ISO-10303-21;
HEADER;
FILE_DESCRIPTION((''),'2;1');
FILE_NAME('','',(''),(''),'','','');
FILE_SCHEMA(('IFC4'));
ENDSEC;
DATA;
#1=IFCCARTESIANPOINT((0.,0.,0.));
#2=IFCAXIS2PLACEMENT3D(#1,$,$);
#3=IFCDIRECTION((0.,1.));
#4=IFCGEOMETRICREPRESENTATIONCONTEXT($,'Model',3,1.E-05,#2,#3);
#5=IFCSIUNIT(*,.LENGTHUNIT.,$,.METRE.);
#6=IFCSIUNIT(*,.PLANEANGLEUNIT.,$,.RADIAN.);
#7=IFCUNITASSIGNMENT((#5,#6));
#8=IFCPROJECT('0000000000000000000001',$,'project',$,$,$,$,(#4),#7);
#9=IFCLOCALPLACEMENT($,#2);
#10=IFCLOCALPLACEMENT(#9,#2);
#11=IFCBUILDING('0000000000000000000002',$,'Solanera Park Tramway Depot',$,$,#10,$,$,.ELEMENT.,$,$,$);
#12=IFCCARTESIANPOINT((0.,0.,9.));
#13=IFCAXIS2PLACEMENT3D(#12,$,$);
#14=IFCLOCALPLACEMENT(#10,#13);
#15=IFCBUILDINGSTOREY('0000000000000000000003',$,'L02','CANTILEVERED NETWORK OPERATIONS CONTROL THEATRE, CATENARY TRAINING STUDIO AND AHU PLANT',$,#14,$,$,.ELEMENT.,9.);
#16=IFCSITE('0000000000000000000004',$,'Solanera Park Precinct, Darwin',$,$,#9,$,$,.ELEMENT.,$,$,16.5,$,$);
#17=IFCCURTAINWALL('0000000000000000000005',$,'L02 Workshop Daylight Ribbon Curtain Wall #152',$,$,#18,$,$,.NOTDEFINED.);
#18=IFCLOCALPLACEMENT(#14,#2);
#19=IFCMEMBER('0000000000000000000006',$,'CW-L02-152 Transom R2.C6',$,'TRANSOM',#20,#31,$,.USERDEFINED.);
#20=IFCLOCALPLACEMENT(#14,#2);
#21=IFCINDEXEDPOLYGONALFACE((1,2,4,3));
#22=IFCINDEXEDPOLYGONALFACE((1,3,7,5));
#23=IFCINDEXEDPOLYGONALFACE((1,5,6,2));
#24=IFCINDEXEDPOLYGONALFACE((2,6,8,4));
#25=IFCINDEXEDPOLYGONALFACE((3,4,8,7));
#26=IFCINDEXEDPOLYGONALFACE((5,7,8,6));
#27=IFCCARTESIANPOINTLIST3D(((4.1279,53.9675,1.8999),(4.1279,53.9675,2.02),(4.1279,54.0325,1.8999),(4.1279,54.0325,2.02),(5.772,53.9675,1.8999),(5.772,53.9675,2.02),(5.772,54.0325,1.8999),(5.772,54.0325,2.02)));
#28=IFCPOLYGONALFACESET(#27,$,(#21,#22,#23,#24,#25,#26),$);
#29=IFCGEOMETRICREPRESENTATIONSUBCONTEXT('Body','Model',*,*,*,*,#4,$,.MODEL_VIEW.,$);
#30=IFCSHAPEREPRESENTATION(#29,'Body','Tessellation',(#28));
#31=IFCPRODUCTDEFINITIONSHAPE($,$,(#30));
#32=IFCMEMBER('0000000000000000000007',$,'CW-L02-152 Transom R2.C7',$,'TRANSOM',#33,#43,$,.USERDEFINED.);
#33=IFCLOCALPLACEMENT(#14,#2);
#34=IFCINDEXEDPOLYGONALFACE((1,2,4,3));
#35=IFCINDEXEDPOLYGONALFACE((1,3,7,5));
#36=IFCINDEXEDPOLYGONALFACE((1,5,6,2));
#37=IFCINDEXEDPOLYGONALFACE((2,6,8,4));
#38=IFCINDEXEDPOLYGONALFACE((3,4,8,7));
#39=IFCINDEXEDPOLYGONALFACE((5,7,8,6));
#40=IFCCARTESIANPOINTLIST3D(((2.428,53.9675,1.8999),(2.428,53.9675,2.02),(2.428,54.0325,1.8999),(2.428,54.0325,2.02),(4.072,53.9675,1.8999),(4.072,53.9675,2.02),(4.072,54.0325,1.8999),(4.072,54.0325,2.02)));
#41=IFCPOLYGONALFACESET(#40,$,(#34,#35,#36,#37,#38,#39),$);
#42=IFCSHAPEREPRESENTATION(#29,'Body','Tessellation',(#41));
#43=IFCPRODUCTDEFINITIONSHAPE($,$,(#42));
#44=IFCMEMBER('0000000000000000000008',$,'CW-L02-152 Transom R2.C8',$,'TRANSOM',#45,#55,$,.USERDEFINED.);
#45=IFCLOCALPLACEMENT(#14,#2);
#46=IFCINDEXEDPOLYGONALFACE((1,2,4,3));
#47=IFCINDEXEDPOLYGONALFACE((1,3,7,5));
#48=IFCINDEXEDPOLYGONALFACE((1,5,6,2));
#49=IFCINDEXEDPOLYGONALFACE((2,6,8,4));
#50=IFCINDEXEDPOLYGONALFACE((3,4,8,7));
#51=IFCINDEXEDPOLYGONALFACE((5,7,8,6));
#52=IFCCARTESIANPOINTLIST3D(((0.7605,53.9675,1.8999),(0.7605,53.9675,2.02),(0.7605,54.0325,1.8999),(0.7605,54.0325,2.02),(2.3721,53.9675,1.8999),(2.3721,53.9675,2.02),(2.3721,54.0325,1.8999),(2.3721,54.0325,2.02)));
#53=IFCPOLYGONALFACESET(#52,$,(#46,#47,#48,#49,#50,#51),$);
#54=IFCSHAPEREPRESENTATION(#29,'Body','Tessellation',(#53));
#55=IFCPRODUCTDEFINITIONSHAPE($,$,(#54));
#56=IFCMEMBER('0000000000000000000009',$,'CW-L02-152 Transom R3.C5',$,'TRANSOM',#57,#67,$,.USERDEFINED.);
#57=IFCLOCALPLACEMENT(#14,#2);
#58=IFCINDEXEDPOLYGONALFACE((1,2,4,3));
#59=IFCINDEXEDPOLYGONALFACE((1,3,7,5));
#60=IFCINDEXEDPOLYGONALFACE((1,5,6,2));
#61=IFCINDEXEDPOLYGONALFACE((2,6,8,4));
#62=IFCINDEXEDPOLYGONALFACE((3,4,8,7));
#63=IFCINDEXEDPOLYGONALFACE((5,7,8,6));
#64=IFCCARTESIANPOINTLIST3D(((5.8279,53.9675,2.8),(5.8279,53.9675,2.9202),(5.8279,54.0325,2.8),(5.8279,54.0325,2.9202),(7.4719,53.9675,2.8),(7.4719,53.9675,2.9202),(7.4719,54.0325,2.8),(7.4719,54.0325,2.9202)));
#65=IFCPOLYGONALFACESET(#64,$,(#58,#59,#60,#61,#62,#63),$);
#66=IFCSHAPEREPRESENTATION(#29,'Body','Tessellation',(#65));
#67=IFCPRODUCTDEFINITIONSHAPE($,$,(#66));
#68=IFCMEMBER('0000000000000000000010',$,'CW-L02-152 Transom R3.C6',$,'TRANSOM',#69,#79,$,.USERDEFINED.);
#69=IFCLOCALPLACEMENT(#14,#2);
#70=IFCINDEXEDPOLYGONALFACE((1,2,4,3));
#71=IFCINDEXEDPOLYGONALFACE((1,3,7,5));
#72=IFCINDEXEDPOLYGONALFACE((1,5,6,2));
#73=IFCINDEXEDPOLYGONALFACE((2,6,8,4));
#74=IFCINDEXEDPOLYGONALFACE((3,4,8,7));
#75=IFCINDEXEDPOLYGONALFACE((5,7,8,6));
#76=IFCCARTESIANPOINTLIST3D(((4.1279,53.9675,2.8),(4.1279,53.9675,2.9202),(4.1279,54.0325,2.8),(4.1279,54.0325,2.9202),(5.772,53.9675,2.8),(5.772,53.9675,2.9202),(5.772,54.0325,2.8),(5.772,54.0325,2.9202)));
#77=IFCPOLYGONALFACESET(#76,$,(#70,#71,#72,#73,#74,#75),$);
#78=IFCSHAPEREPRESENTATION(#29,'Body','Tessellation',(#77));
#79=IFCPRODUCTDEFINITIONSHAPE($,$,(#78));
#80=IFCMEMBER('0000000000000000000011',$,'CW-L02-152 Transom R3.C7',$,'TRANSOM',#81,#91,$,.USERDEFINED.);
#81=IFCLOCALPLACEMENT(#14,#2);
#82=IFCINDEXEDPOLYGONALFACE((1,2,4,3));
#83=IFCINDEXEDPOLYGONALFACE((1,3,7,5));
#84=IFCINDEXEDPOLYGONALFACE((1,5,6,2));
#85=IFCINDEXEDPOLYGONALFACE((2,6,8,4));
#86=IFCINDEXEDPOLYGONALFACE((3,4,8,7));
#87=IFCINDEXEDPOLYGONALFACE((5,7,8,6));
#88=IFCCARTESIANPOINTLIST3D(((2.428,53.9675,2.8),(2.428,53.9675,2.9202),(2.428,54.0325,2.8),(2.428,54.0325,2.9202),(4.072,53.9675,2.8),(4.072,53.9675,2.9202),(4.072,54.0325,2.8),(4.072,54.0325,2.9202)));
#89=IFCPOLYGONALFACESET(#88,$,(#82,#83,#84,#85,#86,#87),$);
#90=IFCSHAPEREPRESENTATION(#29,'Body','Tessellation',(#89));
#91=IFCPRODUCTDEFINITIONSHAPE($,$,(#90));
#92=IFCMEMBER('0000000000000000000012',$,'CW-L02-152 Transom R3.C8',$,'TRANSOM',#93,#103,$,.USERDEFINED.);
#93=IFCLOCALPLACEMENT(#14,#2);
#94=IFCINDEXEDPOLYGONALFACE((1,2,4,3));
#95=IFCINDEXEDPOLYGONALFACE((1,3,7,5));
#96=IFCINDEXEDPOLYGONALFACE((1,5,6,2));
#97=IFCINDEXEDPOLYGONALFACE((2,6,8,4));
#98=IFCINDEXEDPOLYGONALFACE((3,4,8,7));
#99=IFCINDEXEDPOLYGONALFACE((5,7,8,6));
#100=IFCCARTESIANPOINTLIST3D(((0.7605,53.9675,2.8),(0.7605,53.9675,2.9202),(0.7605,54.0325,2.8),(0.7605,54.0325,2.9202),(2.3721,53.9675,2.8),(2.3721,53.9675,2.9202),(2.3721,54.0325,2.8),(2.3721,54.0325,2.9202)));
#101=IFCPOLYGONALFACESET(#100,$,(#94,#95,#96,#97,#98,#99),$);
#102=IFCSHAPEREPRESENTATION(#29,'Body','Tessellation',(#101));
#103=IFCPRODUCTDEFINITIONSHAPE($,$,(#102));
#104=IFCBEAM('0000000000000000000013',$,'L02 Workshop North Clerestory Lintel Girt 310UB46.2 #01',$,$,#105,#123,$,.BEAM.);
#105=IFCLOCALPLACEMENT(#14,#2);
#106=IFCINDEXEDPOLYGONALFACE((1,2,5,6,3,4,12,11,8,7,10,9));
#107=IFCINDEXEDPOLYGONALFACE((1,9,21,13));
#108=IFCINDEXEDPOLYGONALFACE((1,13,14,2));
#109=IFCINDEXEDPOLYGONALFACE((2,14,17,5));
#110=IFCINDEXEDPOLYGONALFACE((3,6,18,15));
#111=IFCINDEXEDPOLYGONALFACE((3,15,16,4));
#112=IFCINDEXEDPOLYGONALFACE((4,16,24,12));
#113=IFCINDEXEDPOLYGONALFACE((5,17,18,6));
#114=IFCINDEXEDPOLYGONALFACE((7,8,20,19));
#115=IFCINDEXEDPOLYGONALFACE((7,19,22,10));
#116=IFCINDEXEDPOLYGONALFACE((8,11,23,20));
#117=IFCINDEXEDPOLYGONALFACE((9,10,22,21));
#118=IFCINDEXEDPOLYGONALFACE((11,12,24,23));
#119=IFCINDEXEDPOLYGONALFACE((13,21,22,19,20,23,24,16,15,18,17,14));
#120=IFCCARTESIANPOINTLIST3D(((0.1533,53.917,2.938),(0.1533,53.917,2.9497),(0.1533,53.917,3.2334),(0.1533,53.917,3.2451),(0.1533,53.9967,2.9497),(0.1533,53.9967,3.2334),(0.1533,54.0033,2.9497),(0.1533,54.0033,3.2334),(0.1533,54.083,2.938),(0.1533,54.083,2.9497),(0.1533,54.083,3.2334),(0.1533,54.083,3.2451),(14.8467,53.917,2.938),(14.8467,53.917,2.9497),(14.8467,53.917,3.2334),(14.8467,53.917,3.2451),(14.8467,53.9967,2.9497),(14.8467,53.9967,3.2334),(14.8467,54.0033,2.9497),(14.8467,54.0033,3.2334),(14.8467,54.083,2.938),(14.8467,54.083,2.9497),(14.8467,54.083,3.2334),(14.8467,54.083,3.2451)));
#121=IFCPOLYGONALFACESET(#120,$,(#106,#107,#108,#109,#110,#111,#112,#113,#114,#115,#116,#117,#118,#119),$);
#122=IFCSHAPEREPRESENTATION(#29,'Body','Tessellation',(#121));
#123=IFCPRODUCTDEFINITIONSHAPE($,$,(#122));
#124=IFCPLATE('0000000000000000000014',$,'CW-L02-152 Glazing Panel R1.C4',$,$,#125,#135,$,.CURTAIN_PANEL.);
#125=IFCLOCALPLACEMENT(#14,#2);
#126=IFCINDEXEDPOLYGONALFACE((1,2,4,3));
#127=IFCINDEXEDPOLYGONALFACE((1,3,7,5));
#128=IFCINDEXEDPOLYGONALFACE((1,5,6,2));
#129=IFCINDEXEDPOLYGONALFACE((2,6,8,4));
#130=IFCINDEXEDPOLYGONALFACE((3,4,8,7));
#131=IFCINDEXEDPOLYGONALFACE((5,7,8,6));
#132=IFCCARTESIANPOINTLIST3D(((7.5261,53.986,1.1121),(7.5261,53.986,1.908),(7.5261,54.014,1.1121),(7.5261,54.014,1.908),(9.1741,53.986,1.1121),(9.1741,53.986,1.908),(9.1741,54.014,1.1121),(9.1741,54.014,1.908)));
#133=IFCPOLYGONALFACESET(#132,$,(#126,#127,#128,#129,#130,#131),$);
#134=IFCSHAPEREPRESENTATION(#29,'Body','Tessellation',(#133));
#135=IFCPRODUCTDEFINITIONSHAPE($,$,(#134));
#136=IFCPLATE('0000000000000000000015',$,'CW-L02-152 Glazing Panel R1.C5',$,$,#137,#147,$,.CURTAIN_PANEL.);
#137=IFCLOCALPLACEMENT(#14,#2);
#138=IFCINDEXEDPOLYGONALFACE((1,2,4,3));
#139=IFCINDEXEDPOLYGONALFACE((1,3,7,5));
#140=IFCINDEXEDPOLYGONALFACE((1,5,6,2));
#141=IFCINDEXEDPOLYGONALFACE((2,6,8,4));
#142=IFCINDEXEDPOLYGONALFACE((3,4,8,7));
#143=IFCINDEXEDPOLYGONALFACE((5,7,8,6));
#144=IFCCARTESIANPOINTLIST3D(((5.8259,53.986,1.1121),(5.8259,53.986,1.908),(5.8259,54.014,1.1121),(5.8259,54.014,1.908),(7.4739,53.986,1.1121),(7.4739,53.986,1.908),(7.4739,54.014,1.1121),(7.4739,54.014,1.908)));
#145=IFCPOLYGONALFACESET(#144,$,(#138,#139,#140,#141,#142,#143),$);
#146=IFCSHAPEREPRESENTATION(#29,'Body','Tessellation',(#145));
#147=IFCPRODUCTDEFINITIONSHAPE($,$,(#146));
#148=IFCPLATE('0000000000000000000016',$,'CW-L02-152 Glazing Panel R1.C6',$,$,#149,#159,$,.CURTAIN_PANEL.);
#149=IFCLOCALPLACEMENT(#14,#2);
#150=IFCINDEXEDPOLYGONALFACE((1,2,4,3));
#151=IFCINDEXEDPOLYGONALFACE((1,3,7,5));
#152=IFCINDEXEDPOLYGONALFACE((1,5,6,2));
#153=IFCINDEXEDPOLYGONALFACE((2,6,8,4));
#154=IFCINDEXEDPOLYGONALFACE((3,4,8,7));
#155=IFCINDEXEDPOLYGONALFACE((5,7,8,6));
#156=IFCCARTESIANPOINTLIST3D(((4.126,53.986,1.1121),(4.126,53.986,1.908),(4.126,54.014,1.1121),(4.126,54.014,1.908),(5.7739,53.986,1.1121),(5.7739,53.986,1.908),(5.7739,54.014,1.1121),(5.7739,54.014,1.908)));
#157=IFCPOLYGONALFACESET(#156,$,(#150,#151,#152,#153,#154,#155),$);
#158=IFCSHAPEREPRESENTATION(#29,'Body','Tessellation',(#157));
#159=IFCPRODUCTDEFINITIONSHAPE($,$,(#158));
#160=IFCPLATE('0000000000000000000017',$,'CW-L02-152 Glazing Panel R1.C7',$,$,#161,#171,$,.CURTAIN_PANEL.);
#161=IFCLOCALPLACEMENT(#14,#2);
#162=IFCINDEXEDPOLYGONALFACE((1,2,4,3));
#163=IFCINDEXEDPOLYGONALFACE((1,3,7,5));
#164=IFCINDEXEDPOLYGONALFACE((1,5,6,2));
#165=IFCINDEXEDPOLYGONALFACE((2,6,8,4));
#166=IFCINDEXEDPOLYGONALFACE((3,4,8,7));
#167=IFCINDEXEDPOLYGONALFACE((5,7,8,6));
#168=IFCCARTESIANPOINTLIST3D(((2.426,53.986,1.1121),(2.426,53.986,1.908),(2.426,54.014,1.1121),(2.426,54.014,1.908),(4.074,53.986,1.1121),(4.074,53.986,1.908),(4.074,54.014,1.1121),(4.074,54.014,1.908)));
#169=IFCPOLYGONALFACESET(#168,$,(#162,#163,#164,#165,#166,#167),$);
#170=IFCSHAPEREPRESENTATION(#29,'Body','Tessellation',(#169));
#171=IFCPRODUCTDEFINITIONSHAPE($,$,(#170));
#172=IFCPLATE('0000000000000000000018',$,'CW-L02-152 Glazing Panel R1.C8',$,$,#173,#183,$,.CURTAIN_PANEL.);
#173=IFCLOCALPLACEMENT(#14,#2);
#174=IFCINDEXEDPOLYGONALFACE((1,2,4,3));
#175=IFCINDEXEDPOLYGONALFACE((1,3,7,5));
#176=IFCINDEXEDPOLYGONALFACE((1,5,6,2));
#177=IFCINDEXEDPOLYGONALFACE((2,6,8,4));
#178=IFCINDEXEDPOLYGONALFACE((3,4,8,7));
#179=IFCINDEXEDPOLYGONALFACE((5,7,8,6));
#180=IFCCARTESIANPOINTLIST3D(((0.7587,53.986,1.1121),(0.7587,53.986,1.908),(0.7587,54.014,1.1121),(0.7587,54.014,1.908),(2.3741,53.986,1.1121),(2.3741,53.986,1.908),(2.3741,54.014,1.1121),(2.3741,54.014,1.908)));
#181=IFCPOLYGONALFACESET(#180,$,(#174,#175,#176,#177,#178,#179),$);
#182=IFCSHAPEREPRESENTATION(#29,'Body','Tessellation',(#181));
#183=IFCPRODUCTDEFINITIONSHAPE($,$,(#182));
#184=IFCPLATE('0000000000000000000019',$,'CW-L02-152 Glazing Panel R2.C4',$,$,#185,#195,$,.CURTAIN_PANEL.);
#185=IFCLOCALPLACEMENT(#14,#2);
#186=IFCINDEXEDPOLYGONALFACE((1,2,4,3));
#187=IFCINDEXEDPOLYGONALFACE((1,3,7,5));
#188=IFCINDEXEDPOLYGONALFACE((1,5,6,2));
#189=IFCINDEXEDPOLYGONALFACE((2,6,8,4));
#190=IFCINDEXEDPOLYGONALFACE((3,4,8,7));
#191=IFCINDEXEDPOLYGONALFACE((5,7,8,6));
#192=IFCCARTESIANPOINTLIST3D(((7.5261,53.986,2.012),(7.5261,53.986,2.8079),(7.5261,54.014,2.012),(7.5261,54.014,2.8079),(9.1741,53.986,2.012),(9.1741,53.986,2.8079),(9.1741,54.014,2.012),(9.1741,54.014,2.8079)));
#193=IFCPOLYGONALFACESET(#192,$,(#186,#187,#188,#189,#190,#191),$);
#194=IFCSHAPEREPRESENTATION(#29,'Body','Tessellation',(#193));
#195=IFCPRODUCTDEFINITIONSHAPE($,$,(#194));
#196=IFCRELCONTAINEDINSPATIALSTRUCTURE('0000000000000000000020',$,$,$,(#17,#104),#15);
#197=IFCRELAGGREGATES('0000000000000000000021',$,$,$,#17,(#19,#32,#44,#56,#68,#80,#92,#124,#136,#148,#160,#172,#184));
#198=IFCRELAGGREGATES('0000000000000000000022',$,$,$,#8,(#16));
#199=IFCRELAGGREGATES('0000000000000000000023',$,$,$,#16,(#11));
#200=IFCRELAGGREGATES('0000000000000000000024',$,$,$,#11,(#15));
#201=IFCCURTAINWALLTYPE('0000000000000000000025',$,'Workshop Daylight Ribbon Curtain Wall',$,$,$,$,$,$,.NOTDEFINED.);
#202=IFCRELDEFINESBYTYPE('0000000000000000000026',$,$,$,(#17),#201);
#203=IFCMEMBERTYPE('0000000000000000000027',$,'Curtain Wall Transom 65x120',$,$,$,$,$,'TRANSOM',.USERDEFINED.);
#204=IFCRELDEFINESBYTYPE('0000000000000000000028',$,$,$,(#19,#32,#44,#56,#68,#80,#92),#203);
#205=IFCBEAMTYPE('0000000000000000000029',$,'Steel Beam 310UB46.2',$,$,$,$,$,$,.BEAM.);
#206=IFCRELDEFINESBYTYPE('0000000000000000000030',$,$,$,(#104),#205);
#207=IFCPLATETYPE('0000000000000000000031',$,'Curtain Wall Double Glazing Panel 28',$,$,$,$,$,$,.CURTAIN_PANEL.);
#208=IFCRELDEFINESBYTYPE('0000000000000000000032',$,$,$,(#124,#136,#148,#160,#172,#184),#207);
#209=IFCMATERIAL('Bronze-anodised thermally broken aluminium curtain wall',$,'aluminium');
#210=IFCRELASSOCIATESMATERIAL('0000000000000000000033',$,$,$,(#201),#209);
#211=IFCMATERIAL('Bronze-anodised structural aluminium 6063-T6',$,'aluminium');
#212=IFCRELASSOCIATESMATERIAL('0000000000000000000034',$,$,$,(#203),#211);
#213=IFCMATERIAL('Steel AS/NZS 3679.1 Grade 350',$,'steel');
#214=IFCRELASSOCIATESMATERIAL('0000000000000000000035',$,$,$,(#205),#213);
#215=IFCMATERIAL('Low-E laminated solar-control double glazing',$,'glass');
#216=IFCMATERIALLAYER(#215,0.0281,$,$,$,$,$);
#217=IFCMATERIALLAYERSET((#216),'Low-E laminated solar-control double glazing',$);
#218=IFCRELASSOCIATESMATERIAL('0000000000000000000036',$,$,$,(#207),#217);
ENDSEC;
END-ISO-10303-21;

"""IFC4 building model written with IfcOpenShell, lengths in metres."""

from ifc_helpers import new_model, si_unit, direction, frame, origin, origin_2d, place, context, subcontext, project, spatial, rectangle, i_section, extrude, material, layer, layer_set, material_profile, profile_set, type_object, element, aggregate, save


model = new_model("IFC4")

# Units and contexts
model_context = context("Model", 3, precision=1e-05, world=origin(), true_north=direction((0.0, 1.0)))
body_context = subcontext(model_context, "Body", "Model", "MODEL_VIEW")
ifc_project = project(units=[si_unit("LENGTHUNIT", "METRE"), si_unit("PLANEANGLEUNIT", "RADIAN")], contexts=[model_context])

# Site, building, storey
site_placement = place(None, origin())
site = spatial("IfcSite", under=ifc_project, at=site_placement, Name="Solanera Park Precinct, Darwin", CompositionType="ELEMENT", RefElevation=16.5)
building_placement = place(site_placement, origin())
building = spatial("IfcBuilding", under=site, at=building_placement, Name="Solanera Park Tramway Depot", CompositionType="ELEMENT")
storey_placement = place(building_placement, frame((0.0, 0.0, 9.0)))
storey = spatial("IfcBuildingStorey", under=building, at=storey_placement, Name="L02", Description="CANTILEVERED NETWORK OPERATIONS CONTROL THEATRE, CATENARY TRAINING STUDIO AND AHU PLANT", CompositionType="ELEMENT", Elevation=9.0)

# Curtain wall, members
ifc_material_1 = material(Name="Bronze-anodised thermally broken aluminium curtain wall", Category="aluminium")
curtain_wall_type = type_object("IfcCurtainWallType", Name="Workshop Daylight Ribbon Curtain Wall", PredefinedType="NOTDEFINED", material=ifc_material_1)
curtain_wall_placement = place(storey_placement, origin())
curtain_wall = element("IfcCurtainWall", 1, at=curtain_wall_placement, inside=storey, type_object=curtain_wall_type, Name="L02 Workshop Daylight Ribbon Curtain Wall #152", PredefinedType="NOTDEFINED")
ifc_material_2 = material(Name="Bronze-anodised structural aluminium 6063-T6", Category="aluminium")
ifc_material_profile_1 = material_profile(ifc_material_2, rectangle(XDim=0.0649, YDim=0.1201, at=origin_2d()), Name="Curtain Wall Transom 65x120")
ifc_profile_set_1 = profile_set([ifc_material_profile_1], Name="Bronze-anodised structural aluminium 6063-T6")
member_type_1 = type_object("IfcMemberType", Name="Curtain Wall Transom 65x120", ElementType="TRANSOM", PredefinedType="USERDEFINED", material=ifc_profile_set_1)
member_1_placement = place(storey_placement, frame((5.772, 54.0, 1.96), z_axis=(-1.0, 0.0, 0.0), x_axis=(0.0, -1.0, 0.0)))
member_1 = element("IfcMember", 2, at=member_1_placement, type_object=member_type_1, Name="CW-L02-152 Transom R2.C6", ObjectType="TRANSOM", PredefinedType="USERDEFINED", context=body_context, shape_type="SweptSolid", body=[
    extrude(rectangle(XDim=0.0649, YDim=0.1201, at=origin_2d()), origin(), (0.0, 0.0, 1.0), 1.644),
])
member_2_placement = place(storey_placement, frame((4.072, 54.0, 1.96), z_axis=(-1.0, 0.0, 0.0), x_axis=(0.0, -1.0, 0.0)))
member_2 = element("IfcMember", 3, at=member_2_placement, type_object=member_type_1, Name="CW-L02-152 Transom R2.C7", ObjectType="TRANSOM", PredefinedType="USERDEFINED", context=body_context, shape_type="SweptSolid", body=[
    extrude(rectangle(XDim=0.0649, YDim=0.1201, at=origin_2d()), origin(), (0.0, 0.0, 1.0), 1.644),
])
member_3_placement = place(storey_placement, frame((2.3721, 54.0, 1.96), z_axis=(-1.0, 0.0, 0.0), x_axis=(0.0, -1.0, 0.0)))
member_3 = element("IfcMember", 4, at=member_3_placement, type_object=member_type_1, Name="CW-L02-152 Transom R2.C8", ObjectType="TRANSOM", PredefinedType="USERDEFINED", context=body_context, shape_type="SweptSolid", body=[
    extrude(rectangle(XDim=0.0649, YDim=0.1201, at=origin_2d()), origin(), (0.0, 0.0, 1.0), 1.6116),
])
member_4_placement = place(storey_placement, frame((7.4719, 54.0, 2.8601), z_axis=(-1.0, 0.0, 0.0), x_axis=(0.0, -1.0, 0.0)))
member_4 = element("IfcMember", 5, at=member_4_placement, type_object=member_type_1, Name="CW-L02-152 Transom R3.C5", ObjectType="TRANSOM", PredefinedType="USERDEFINED", context=body_context, shape_type="SweptSolid", body=[
    extrude(rectangle(XDim=0.0649, YDim=0.1201, at=origin_2d()), origin(), (0.0, 0.0, 1.0), 1.644),
])
member_5_placement = place(storey_placement, frame((5.772, 54.0, 2.8601), z_axis=(-1.0, 0.0, 0.0), x_axis=(0.0, -1.0, 0.0)))
member_5 = element("IfcMember", 6, at=member_5_placement, type_object=member_type_1, Name="CW-L02-152 Transom R3.C6", ObjectType="TRANSOM", PredefinedType="USERDEFINED", context=body_context, shape_type="SweptSolid", body=[
    extrude(rectangle(XDim=0.0649, YDim=0.1201, at=origin_2d()), origin(), (0.0, 0.0, 1.0), 1.644),
])
member_6_placement = place(storey_placement, frame((4.072, 54.0, 2.8601), z_axis=(-1.0, 0.0, 0.0), x_axis=(0.0, -1.0, 0.0)))
member_6 = element("IfcMember", 7, at=member_6_placement, type_object=member_type_1, Name="CW-L02-152 Transom R3.C7", ObjectType="TRANSOM", PredefinedType="USERDEFINED", context=body_context, shape_type="SweptSolid", body=[
    extrude(rectangle(XDim=0.0649, YDim=0.1201, at=origin_2d()), origin(), (0.0, 0.0, 1.0), 1.644),
])
member_7_placement = place(storey_placement, frame((2.3721, 54.0, 2.8601), z_axis=(-1.0, 0.0, 0.0), x_axis=(0.0, -1.0, 0.0)))
member_7 = element("IfcMember", 8, at=member_7_placement, type_object=member_type_1, Name="CW-L02-152 Transom R3.C8", ObjectType="TRANSOM", PredefinedType="USERDEFINED", context=body_context, shape_type="SweptSolid", body=[
    extrude(rectangle(XDim=0.0649, YDim=0.1201, at=origin_2d()), origin(), (0.0, 0.0, 1.0), 1.6116),
])

# Beam
ifc_material_3 = material(Name="Steel AS/NZS 3679.1 Grade 350", Category="steel")
ifc_material_profile_2 = material_profile(ifc_material_3, i_section(OverallWidth=0.166, OverallDepth=0.3071, WebThickness=0.0066, FlangeThickness=0.0117, at=origin_2d()), Name="310UB46.2")
ifc_profile_set_2 = profile_set([ifc_material_profile_2], Name="Steel AS/NZS 3679.1 Grade 350")
beam_type = type_object("IfcBeamType", Name="Steel Beam 310UB46.2", PredefinedType="BEAM", material=ifc_profile_set_2)
beam_placement = place(storey_placement, frame((0.1533, 54.0, 3.0916), z_axis=(1.0, 0.0, 0.0), x_axis=(0.0, 1.0, 0.0)))
element("IfcBeam", 9, at=beam_placement, inside=storey, type_object=beam_type, Name="L02 Workshop North Clerestory Lintel Girt 310UB46.2 #01", PredefinedType="BEAM", context=body_context, shape_type="SweptSolid", body=[
    extrude(i_section(OverallWidth=0.166, OverallDepth=0.3071, WebThickness=0.0066, FlangeThickness=0.0117, at=origin_2d()), origin(), (0.0, 0.0, 1.0), 14.6934),
])

# Plates
ifc_material_4 = material(Name="Low-E laminated solar-control double glazing", Category="glass")
ifc_layer = layer(ifc_material_4, 0.0281)
ifc_layer_set = layer_set([ifc_layer], Name="Low-E laminated solar-control double glazing")
plate_type = type_object("IfcPlateType", Name="Curtain Wall Double Glazing Panel 28", PredefinedType="CURTAIN_PANEL", material=ifc_layer_set)
plate_1_placement = place(storey_placement, frame((8.3501, 54.0, 1.1121), z_axis=(0.0, 0.0, 1.0), x_axis=(-1.0, 0.0, 0.0)))
plate_1 = element("IfcPlate", 10, at=plate_1_placement, type_object=plate_type, Name="CW-L02-152 Glazing Panel R1.C4", PredefinedType="CURTAIN_PANEL", context=body_context, shape_type="SweptSolid", body=[
    extrude(rectangle(XDim=1.6479, YDim=0.0281, at=origin_2d()), origin(), (0.0, 0.0, 1.0), 0.7959),
])
plate_2_placement = place(storey_placement, frame((6.6499, 54.0, 1.1121), z_axis=(0.0, 0.0, 1.0), x_axis=(-1.0, 0.0, 0.0)))
plate_2 = element("IfcPlate", 11, at=plate_2_placement, type_object=plate_type, Name="CW-L02-152 Glazing Panel R1.C5", PredefinedType="CURTAIN_PANEL", context=body_context, shape_type="SweptSolid", body=[
    extrude(rectangle(XDim=1.6479, YDim=0.0281, at=origin_2d()), origin(), (0.0, 0.0, 1.0), 0.7959),
])
plate_3_placement = place(storey_placement, frame((4.95, 54.0, 1.1121), z_axis=(0.0, 0.0, 1.0), x_axis=(-1.0, 0.0, 0.0)))
plate_3 = element("IfcPlate", 12, at=plate_3_placement, type_object=plate_type, Name="CW-L02-152 Glazing Panel R1.C6", PredefinedType="CURTAIN_PANEL", context=body_context, shape_type="SweptSolid", body=[
    extrude(rectangle(XDim=1.6479, YDim=0.0281, at=origin_2d()), origin(), (0.0, 0.0, 1.0), 0.7959),
])
plate_4_placement = place(storey_placement, frame((3.25, 54.0, 1.1121), z_axis=(0.0, 0.0, 1.0), x_axis=(-1.0, 0.0, 0.0)))
plate_4 = element("IfcPlate", 13, at=plate_4_placement, type_object=plate_type, Name="CW-L02-152 Glazing Panel R1.C7", PredefinedType="CURTAIN_PANEL", context=body_context, shape_type="SweptSolid", body=[
    extrude(rectangle(XDim=1.6479, YDim=0.0281, at=origin_2d()), origin(), (0.0, 0.0, 1.0), 0.7959),
])
plate_5_placement = place(storey_placement, frame((1.5664, 54.0, 1.1121), z_axis=(0.0, 0.0, 1.0), x_axis=(-1.0, 0.0, 0.0)))
plate_5 = element("IfcPlate", 14, at=plate_5_placement, type_object=plate_type, Name="CW-L02-152 Glazing Panel R1.C8", PredefinedType="CURTAIN_PANEL", context=body_context, shape_type="SweptSolid", body=[
    extrude(rectangle(XDim=1.6155, YDim=0.0281, at=origin_2d()), origin(), (0.0, 0.0, 1.0), 0.7959),
])
plate_6_placement = place(storey_placement, frame((8.3501, 54.0, 2.012), z_axis=(0.0, 0.0, 1.0), x_axis=(-1.0, 0.0, 0.0)))
plate_6 = element("IfcPlate", 15, at=plate_6_placement, type_object=plate_type, Name="CW-L02-152 Glazing Panel R2.C4", PredefinedType="CURTAIN_PANEL", context=body_context, shape_type="SweptSolid", body=[
    extrude(rectangle(XDim=1.6479, YDim=0.0281, at=origin_2d()), origin(), (0.0, 0.0, 1.0), 0.7959),
])
aggregate(curtain_wall, [member_1, member_2, member_3, member_4, member_5, member_6, member_7, plate_1, plate_2, plate_3, plate_4, plate_5, plate_6])

save(model, "model.ifc")
